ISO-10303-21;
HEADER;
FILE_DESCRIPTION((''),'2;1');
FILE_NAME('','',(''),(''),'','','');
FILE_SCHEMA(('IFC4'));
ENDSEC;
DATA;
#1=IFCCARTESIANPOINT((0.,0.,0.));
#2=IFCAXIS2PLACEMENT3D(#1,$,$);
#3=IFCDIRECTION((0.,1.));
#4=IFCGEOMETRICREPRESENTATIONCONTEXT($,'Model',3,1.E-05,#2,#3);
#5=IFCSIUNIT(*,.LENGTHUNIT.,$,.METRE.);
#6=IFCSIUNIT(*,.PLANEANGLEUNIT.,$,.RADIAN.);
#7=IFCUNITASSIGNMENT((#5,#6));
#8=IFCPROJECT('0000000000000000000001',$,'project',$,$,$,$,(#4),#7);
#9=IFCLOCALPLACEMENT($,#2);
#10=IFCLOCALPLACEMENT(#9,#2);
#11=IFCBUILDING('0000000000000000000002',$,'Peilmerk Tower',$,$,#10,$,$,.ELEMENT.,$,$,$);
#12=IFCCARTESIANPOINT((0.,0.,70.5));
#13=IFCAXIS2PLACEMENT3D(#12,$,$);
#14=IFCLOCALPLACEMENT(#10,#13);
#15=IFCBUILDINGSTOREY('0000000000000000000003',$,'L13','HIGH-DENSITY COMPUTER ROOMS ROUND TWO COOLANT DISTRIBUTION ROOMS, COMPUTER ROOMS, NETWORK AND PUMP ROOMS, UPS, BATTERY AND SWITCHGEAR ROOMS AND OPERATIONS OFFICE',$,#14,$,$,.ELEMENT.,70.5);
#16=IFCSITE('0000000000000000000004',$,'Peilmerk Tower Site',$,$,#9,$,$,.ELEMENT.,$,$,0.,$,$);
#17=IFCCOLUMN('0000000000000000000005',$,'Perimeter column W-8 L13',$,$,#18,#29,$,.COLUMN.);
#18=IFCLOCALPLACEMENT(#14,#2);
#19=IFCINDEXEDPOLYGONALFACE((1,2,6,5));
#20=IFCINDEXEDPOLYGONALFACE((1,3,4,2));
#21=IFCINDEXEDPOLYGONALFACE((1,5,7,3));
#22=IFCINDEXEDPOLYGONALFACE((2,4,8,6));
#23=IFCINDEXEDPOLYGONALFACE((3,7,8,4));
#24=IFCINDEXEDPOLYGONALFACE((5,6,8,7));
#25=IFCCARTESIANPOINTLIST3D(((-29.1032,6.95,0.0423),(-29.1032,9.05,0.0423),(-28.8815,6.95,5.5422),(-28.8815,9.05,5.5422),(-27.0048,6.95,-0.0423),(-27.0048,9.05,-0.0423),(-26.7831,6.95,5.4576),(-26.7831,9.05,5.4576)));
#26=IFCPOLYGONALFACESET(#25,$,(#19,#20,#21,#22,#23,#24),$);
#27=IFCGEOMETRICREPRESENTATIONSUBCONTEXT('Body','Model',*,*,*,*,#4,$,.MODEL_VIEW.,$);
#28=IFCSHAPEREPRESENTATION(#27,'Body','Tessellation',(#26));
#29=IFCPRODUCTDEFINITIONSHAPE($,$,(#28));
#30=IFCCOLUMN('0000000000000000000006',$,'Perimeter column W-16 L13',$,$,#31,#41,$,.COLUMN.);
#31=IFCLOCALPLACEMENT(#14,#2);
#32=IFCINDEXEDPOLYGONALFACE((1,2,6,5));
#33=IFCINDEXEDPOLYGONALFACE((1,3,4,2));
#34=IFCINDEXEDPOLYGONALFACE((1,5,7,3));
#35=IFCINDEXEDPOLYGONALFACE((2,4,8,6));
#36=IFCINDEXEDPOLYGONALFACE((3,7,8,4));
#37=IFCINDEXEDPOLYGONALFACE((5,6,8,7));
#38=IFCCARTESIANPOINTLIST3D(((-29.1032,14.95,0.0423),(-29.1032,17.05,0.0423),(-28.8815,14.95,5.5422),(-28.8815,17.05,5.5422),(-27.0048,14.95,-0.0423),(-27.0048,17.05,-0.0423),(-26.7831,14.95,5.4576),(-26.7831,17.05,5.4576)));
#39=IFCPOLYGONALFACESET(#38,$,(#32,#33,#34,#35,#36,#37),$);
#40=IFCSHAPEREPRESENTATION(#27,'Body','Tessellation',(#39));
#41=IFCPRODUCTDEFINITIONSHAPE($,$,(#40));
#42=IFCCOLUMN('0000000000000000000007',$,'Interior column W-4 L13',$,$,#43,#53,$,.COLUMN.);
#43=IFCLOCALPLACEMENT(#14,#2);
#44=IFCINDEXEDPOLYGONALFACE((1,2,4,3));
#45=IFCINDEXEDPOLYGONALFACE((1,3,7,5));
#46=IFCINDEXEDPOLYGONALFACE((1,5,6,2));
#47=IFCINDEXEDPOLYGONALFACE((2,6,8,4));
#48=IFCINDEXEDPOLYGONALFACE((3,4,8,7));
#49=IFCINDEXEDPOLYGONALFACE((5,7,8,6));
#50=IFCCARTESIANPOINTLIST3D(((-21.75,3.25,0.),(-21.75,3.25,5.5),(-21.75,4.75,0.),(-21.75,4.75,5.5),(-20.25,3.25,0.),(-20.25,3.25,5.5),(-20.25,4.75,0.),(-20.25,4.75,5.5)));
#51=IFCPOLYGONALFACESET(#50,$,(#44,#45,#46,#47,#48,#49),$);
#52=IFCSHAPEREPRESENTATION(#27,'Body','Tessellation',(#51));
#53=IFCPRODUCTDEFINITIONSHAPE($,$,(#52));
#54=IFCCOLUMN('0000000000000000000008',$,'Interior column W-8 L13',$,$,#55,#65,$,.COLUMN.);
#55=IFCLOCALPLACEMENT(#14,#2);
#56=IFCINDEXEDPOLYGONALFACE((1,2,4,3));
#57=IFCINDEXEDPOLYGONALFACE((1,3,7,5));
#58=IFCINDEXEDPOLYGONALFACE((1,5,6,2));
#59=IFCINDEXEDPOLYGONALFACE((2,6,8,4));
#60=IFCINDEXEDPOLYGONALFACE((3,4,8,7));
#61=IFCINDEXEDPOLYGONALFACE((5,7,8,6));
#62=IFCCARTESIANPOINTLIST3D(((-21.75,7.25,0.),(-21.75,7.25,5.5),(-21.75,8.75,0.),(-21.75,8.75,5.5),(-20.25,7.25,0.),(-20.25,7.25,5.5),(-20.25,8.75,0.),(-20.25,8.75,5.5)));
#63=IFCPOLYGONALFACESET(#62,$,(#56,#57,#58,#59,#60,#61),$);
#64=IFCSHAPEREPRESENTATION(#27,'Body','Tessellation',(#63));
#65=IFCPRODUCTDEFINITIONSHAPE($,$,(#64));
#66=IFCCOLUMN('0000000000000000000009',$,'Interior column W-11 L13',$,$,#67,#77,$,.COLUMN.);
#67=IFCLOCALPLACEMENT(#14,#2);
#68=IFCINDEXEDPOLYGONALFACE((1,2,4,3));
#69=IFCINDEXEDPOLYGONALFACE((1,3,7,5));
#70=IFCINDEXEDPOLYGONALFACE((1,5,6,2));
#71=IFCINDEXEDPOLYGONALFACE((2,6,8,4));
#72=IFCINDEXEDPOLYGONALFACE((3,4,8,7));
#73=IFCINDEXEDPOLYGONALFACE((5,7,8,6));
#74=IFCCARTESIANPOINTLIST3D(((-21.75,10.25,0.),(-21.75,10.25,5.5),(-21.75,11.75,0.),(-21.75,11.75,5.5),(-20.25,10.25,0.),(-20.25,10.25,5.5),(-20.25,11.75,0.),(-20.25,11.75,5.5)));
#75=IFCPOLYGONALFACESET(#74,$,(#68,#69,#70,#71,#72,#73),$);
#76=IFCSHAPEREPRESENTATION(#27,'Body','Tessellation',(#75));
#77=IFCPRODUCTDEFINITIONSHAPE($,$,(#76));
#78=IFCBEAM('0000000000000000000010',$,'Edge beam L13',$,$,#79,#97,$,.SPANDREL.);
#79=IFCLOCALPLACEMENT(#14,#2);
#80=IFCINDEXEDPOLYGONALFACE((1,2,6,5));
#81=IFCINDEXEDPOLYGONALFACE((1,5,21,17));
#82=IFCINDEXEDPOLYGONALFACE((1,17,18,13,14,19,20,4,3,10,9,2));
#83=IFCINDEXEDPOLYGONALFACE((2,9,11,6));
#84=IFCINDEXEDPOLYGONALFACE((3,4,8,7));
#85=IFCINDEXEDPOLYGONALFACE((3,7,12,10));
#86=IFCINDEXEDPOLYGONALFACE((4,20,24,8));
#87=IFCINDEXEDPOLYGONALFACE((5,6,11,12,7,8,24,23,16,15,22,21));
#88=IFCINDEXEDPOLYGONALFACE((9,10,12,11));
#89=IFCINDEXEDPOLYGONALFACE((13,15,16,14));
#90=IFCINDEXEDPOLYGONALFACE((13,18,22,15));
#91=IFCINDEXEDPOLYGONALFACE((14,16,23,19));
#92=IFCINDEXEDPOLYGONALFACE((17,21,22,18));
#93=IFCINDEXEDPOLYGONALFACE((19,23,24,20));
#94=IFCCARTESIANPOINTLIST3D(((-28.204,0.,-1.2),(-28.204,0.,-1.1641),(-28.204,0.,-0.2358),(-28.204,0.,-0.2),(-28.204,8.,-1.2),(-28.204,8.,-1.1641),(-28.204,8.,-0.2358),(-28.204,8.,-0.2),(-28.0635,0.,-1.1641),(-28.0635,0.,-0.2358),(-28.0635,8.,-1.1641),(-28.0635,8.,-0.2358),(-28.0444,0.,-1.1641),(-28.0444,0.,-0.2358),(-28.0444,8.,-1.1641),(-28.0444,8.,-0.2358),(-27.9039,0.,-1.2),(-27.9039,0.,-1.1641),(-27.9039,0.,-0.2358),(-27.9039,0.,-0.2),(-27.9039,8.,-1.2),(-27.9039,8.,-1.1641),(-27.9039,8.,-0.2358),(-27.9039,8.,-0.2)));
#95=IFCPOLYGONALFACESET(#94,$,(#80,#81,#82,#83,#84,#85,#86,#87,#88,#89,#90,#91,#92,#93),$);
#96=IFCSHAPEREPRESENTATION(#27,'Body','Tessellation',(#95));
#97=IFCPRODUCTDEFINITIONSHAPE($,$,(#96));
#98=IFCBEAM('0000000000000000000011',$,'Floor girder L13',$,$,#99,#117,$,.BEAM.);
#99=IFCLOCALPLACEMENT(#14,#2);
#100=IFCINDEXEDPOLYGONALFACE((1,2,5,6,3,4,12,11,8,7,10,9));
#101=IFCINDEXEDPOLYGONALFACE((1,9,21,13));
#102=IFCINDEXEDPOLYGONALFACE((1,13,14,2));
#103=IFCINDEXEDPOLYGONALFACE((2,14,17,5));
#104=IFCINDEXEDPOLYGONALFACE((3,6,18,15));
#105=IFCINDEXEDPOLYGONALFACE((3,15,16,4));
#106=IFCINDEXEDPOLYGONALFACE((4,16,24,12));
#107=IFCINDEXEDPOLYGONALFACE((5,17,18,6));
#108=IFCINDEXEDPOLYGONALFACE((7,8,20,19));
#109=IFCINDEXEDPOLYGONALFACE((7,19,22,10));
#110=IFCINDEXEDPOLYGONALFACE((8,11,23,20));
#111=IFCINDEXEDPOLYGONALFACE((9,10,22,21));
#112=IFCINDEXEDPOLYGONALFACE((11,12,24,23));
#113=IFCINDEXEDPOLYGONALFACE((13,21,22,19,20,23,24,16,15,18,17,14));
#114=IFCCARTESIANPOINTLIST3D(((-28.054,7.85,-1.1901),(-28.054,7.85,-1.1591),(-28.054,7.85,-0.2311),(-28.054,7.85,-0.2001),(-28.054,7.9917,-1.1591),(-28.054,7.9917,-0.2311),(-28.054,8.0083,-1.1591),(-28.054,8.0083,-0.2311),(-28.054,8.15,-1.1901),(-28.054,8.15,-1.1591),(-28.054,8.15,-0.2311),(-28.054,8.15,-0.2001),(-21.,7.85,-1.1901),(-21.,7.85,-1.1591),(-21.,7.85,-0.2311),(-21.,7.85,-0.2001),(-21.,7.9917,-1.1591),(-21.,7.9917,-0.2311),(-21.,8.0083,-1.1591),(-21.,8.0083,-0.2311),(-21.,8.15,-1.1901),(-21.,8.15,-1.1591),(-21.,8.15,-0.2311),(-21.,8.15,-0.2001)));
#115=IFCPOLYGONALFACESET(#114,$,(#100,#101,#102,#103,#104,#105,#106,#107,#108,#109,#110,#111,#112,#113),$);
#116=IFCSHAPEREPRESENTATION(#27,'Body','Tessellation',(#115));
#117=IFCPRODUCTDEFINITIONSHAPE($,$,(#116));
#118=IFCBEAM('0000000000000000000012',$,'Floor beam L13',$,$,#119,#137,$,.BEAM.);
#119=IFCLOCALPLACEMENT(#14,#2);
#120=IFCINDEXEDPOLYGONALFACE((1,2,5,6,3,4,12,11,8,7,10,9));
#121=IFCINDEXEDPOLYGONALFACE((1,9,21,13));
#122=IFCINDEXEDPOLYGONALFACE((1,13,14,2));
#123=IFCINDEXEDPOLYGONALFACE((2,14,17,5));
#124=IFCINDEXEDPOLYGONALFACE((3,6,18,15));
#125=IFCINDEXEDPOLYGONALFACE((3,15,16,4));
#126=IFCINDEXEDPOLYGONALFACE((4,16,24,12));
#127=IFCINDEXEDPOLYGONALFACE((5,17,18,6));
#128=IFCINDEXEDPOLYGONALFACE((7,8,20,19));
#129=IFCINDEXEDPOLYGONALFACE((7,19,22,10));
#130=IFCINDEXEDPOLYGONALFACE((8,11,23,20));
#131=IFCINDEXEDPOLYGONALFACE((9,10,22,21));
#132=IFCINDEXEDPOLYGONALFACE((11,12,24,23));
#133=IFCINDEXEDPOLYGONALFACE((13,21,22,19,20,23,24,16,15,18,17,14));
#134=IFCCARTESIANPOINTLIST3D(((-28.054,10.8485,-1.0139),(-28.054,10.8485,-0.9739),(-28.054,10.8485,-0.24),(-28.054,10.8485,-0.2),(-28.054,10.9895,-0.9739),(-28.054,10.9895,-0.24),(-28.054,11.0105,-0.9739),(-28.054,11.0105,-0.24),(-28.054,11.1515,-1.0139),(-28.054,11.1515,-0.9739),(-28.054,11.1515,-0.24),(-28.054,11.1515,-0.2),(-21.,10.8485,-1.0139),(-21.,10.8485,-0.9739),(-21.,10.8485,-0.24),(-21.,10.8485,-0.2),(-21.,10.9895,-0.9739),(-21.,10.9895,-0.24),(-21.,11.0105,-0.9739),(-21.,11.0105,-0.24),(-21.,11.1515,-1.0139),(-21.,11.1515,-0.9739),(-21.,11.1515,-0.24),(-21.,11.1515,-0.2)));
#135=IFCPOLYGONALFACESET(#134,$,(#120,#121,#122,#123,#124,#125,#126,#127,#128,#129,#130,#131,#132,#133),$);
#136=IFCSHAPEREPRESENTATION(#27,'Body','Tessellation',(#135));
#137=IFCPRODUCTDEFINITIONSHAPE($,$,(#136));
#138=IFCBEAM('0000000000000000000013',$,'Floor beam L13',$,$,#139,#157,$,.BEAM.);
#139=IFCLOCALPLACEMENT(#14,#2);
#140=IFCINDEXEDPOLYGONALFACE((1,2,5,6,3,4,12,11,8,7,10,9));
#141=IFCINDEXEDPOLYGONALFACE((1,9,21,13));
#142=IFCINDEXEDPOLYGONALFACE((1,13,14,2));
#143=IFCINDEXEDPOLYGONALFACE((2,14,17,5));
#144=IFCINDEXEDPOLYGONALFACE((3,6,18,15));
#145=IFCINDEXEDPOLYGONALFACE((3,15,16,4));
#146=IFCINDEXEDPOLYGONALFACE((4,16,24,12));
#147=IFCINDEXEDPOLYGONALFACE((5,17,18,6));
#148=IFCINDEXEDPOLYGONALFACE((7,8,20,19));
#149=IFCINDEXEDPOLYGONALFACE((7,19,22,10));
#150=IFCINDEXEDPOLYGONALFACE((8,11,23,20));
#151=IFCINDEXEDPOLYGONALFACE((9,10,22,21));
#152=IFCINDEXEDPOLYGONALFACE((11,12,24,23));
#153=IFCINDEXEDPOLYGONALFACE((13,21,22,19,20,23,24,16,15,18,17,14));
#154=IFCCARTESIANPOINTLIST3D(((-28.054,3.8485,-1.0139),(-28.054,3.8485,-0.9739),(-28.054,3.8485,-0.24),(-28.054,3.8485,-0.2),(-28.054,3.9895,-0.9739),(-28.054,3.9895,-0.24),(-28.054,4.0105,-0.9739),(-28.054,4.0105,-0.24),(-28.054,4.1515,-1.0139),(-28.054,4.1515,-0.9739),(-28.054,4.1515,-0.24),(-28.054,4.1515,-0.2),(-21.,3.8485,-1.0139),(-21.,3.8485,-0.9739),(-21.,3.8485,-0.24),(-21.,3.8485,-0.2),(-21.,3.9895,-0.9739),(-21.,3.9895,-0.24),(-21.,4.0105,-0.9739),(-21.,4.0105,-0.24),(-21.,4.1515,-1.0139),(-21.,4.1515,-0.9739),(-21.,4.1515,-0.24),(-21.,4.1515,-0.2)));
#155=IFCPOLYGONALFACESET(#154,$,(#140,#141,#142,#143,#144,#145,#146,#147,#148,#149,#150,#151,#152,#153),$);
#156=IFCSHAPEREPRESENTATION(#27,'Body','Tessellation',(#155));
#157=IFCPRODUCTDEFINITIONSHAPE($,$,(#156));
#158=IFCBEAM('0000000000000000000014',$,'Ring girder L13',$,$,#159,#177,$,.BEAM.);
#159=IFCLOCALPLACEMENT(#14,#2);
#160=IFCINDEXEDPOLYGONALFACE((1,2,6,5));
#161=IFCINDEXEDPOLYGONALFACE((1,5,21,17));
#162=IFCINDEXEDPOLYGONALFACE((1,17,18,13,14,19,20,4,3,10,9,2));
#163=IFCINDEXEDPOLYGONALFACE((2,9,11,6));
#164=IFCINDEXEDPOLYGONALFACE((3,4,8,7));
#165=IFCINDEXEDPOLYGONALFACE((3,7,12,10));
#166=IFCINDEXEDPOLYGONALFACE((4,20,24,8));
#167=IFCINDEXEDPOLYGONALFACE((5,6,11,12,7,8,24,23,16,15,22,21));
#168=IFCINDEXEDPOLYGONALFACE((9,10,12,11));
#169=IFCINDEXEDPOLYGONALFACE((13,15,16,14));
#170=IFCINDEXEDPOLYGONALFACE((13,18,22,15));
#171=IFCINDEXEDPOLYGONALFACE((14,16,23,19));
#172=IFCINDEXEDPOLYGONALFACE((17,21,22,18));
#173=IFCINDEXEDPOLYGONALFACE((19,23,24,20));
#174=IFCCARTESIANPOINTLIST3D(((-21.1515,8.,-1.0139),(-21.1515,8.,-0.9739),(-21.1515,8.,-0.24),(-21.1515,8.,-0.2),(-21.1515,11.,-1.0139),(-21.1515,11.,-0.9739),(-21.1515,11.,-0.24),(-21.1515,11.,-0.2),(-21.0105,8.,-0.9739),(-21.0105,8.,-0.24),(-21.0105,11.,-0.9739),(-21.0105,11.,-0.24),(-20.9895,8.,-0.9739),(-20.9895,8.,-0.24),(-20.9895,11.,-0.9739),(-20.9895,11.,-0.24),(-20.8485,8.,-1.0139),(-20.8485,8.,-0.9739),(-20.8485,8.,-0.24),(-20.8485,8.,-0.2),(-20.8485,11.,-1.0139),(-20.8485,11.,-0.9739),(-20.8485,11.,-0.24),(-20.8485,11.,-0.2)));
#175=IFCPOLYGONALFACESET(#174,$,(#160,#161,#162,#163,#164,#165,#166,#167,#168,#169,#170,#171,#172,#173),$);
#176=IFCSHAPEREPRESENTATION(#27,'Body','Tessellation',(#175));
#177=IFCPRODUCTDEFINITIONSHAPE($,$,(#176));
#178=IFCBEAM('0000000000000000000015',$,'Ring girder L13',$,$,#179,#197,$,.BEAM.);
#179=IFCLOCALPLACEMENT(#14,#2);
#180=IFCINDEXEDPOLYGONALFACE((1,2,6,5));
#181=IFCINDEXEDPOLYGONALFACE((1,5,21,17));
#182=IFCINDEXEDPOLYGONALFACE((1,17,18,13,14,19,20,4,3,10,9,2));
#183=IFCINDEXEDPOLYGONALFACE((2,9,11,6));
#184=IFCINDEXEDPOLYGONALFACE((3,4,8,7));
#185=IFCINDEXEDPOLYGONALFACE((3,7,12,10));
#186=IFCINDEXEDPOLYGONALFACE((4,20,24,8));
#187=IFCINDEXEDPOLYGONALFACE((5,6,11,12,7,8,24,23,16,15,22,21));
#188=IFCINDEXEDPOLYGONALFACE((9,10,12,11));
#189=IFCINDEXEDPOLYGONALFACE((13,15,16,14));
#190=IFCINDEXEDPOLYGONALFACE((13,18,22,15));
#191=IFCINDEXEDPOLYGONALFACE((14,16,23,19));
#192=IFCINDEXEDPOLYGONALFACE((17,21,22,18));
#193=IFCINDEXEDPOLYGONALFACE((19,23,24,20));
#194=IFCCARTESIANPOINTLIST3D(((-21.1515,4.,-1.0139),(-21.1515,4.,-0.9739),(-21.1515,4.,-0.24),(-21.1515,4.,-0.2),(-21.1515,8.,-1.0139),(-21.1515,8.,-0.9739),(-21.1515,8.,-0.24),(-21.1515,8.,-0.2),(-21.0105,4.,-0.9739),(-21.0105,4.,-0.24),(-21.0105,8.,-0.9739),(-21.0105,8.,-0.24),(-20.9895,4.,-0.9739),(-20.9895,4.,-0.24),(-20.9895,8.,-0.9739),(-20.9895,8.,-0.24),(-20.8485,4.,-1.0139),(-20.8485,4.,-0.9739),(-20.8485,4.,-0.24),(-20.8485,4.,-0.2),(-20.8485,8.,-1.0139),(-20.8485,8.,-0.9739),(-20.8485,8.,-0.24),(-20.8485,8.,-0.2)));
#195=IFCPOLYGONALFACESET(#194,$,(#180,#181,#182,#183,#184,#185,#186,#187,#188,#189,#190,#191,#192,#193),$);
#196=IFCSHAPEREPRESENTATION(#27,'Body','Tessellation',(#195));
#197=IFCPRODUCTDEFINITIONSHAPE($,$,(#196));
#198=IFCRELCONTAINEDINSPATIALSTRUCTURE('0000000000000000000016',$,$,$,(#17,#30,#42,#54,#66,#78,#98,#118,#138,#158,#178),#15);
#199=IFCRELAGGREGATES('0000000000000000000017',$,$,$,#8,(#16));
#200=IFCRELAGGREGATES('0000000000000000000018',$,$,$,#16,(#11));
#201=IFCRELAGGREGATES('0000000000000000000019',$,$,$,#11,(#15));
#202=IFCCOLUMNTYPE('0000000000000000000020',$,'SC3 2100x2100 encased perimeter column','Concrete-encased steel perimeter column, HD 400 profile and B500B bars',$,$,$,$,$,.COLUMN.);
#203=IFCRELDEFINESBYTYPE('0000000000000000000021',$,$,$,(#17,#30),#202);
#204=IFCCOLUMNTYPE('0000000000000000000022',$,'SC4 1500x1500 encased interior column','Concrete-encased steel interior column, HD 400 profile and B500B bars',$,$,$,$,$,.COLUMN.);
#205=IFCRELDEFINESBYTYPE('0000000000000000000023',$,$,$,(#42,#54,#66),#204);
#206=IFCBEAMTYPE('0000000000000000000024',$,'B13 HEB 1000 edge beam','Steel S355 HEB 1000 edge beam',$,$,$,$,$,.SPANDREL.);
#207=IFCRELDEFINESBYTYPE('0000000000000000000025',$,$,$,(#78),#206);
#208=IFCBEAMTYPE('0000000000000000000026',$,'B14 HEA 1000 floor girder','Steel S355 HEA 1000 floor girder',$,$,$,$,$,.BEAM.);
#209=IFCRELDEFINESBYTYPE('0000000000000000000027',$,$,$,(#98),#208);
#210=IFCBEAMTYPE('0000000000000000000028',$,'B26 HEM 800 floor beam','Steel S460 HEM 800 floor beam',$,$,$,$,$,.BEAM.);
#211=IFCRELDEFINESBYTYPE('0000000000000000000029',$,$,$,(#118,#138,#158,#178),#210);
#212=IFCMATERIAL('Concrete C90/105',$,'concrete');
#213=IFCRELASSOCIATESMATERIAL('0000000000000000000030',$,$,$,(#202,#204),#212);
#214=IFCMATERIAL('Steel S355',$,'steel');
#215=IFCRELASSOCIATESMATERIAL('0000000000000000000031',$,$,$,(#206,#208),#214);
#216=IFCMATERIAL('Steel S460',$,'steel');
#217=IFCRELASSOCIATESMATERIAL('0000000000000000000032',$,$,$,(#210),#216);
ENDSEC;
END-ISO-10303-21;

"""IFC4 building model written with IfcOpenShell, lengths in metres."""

from ifc_helpers import new_model, si_unit, direction, frame, origin, origin_2d, place, context, subcontext, project, spatial, rectangle, i_section, extrude, material, material_profile, profile_set, type_object, element, save


model = new_model("IFC4")

# Units and contexts
model_context = context("Model", 3, precision=1e-05, world=origin(), true_north=direction((0.0, 1.0)))
body_context = subcontext(model_context, "Body", "Model", "MODEL_VIEW")
ifc_project = project(units=[si_unit("LENGTHUNIT", "METRE"), si_unit("PLANEANGLEUNIT", "RADIAN")], contexts=[model_context])

# Site, building, storey
site_placement = place(None, origin())
site = spatial("IfcSite", under=ifc_project, at=site_placement, Name="Peilmerk Tower Site", CompositionType="ELEMENT", RefElevation=0.0)
building_placement = place(site_placement, origin())
building = spatial("IfcBuilding", under=site, at=building_placement, Name="Peilmerk Tower", CompositionType="ELEMENT")
storey_placement = place(building_placement, frame((0.0, 0.0, 70.5)))
storey = spatial("IfcBuildingStorey", under=building, at=storey_placement, Name="L13", Description="HIGH-DENSITY COMPUTER ROOMS ROUND TWO COOLANT DISTRIBUTION ROOMS, COMPUTER ROOMS, NETWORK AND PUMP ROOMS, UPS, BATTERY AND SWITCHGEAR ROOMS AND OPERATIONS OFFICE", CompositionType="ELEMENT", Elevation=70.5)

# Columns
ifc_material_1 = material(Name="Concrete C90/105", Category="concrete")
ifc_material_profile_1 = material_profile(ifc_material_1, rectangle(XDim=2.1001, YDim=2.1001, at=origin_2d()), Name="RC 2100x2100")
ifc_profile_set_1 = profile_set([ifc_material_profile_1], Name="Concrete C90/105")
column_type_1 = type_object("IfcColumnType", Name="SC3 2100x2100 encased perimeter column", Description="Concrete-encased steel perimeter column, HD 400 profile and B500B bars", PredefinedType="COLUMN", material=ifc_profile_set_1)
for number, where, z_axis, x_axis, name in (
    (1, (-28.054, 8.0, 0.0), (0.040273, 0.0, 0.999189), (0.0, 1.0, 0.0), "Perimeter column W-8 L13"),
    (2, (-28.054, 16.0, 0.0), (0.040273, 0.0, 0.999189), (0.0, 1.0, 0.0), "Perimeter column W-16 L13"),
):
    element("IfcColumn", number, at=place(storey_placement, frame(where, z_axis=z_axis, x_axis=x_axis)), inside=storey, type_object=column_type_1, Name=name, PredefinedType="COLUMN", context=body_context, shape_type="SweptSolid", body=[
        extrude(rectangle(XDim=2.1001, YDim=2.1001, at=origin_2d()), origin(), (0.0, 0.0, 1.0), 5.5044),
    ])
ifc_material_profile_2 = material_profile(ifc_material_1, rectangle(XDim=1.5, YDim=1.5, at=origin_2d()), Name="RC 1500x1500")
ifc_profile_set_2 = profile_set([ifc_material_profile_2], Name="Concrete C90/105")
column_type_2 = type_object("IfcColumnType", Name="SC4 1500x1500 encased interior column", Description="Concrete-encased steel interior column, HD 400 profile and B500B bars", PredefinedType="COLUMN", material=ifc_profile_set_2)
for number, where, z_axis, x_axis, name in (
    (3, (-21.0, 4.0, 0.0), (0.0, 0.0, 1.0), (1.0, 0.0, 0.0), "Interior column W-4 L13"),
    (4, (-21.0, 8.0, 0.0), (0.0, 0.0, 1.0), (1.0, 0.0, 0.0), "Interior column W-8 L13"),
    (5, (-21.0, 11.0, 0.0), (0.0, 0.0, 1.0), (1.0, 0.0, 0.0), "Interior column W-11 L13"),
):
    element("IfcColumn", number, at=place(storey_placement, frame(where, z_axis=z_axis, x_axis=x_axis)), inside=storey, type_object=column_type_2, Name=name, PredefinedType="COLUMN", context=body_context, shape_type="SweptSolid", body=[
        extrude(rectangle(XDim=1.5, YDim=1.5, at=origin_2d()), origin(), (0.0, 0.0, 1.0), 5.5),
    ])

# Beams
ifc_material_2 = material(Name="Steel S355", Category="steel")
ifc_material_profile_3 = material_profile(ifc_material_2, i_section(OverallWidth=0.3, OverallDepth=1.0, WebThickness=0.019, FlangeThickness=0.0359, at=origin_2d()), Name="HEB 1000")
ifc_profile_set_3 = profile_set([ifc_material_profile_3], Name="Steel S355")
beam_type_1 = type_object("IfcBeamType", Name="B13 HEB 1000 edge beam", Description="Steel S355 HEB 1000 edge beam", PredefinedType="SPANDREL", material=ifc_profile_set_3)
beam_1_placement = place(storey_placement, frame((-28.054, 8.0, -0.7), z_axis=(0.0, -1.0, 0.0), x_axis=(1.0, 0.0, 0.0)))
element("IfcBeam", 6, at=beam_1_placement, inside=storey, type_object=beam_type_1, Name="Edge beam L13", PredefinedType="SPANDREL", context=body_context, shape_type="SweptSolid", body=[
    extrude(i_section(OverallWidth=0.3, OverallDepth=1.0, WebThickness=0.019, FlangeThickness=0.0359, at=origin_2d()), origin(), (0.0, 0.0, 1.0), 8.0),
])
ifc_material_profile_4 = material_profile(ifc_material_2, i_section(OverallWidth=0.3, OverallDepth=0.99, WebThickness=0.0166, FlangeThickness=0.031, at=origin_2d()), Name="HEA 1000")
ifc_profile_set_4 = profile_set([ifc_material_profile_4], Name="Steel S355")
beam_type_2 = type_object("IfcBeamType", Name="B14 HEA 1000 floor girder", Description="Steel S355 HEA 1000 floor girder", PredefinedType="BEAM", material=ifc_profile_set_4)
beam_2_placement = place(storey_placement, frame((-21.0, 8.0, -0.6951), z_axis=(-1.0, 0.0, 0.0), x_axis=(0.0, -1.0, 0.0)))
element("IfcBeam", 7, at=beam_2_placement, inside=storey, type_object=beam_type_2, Name="Floor girder L13", PredefinedType="BEAM", context=body_context, shape_type="SweptSolid", body=[
    extrude(i_section(OverallWidth=0.3, OverallDepth=0.99, WebThickness=0.0166, FlangeThickness=0.031, at=origin_2d()), origin(), (0.0, 0.0, 1.0), 7.054),
])
ifc_material_3 = material(Name="Steel S460", Category="steel")
ifc_material_profile_5 = material_profile(ifc_material_3, i_section(OverallWidth=0.303, OverallDepth=0.814, WebThickness=0.021, FlangeThickness=0.04, at=origin_2d()), Name="HEM 800")
ifc_profile_set_5 = profile_set([ifc_material_profile_5], Name="Steel S460")
beam_type_3 = type_object("IfcBeamType", Name="B26 HEM 800 floor beam", Description="Steel S460 HEM 800 floor beam", PredefinedType="BEAM", material=ifc_profile_set_5)
for number, where, z_axis, x_axis, name in (
    (8, (-21.0, 11.0, -0.6069), (-1.0, 0.0, 0.0), (0.0, -1.0, 0.0), "Floor beam L13"),
    (9, (-21.0, 4.0, -0.6069), (-1.0, 0.0, 0.0), (0.0, -1.0, 0.0), "Floor beam L13"),
):
    element("IfcBeam", number, at=place(storey_placement, frame(where, z_axis=z_axis, x_axis=x_axis)), inside=storey, type_object=beam_type_3, Name=name, PredefinedType="BEAM", context=body_context, shape_type="SweptSolid", body=[
        extrude(i_section(OverallWidth=0.303, OverallDepth=0.814, WebThickness=0.021, FlangeThickness=0.04, at=origin_2d()), origin(), (0.0, 0.0, 1.0), 7.054),
    ])
beam_3_placement = place(storey_placement, frame((-21.0, 11.0, -0.6069), z_axis=(0.0, -1.0, 0.0), x_axis=(1.0, 0.0, 0.0)))
element("IfcBeam", 10, at=beam_3_placement, inside=storey, type_object=beam_type_3, Name="Ring girder L13", PredefinedType="BEAM", context=body_context, shape_type="SweptSolid", body=[
    extrude(i_section(OverallWidth=0.303, OverallDepth=0.814, WebThickness=0.021, FlangeThickness=0.04, at=origin_2d()), origin(), (0.0, 0.0, 1.0), 3.0),
])
for number, where, z_axis, x_axis, name in (
    (11, (-21.0, 8.0, -0.6069), (0.0, -1.0, 0.0), (1.0, 0.0, 0.0), "Ring girder L13"),
):
    element("IfcBeam", number, at=place(storey_placement, frame(where, z_axis=z_axis, x_axis=x_axis)), inside=storey, type_object=beam_type_3, Name=name, PredefinedType="BEAM", context=body_context, shape_type="SweptSolid", body=[
        extrude(i_section(OverallWidth=0.303, OverallDepth=0.814, WebThickness=0.021, FlangeThickness=0.04, at=origin_2d()), origin(), (0.0, 0.0, 1.0), 4.0),
    ])

save(model, "model.ifc")
